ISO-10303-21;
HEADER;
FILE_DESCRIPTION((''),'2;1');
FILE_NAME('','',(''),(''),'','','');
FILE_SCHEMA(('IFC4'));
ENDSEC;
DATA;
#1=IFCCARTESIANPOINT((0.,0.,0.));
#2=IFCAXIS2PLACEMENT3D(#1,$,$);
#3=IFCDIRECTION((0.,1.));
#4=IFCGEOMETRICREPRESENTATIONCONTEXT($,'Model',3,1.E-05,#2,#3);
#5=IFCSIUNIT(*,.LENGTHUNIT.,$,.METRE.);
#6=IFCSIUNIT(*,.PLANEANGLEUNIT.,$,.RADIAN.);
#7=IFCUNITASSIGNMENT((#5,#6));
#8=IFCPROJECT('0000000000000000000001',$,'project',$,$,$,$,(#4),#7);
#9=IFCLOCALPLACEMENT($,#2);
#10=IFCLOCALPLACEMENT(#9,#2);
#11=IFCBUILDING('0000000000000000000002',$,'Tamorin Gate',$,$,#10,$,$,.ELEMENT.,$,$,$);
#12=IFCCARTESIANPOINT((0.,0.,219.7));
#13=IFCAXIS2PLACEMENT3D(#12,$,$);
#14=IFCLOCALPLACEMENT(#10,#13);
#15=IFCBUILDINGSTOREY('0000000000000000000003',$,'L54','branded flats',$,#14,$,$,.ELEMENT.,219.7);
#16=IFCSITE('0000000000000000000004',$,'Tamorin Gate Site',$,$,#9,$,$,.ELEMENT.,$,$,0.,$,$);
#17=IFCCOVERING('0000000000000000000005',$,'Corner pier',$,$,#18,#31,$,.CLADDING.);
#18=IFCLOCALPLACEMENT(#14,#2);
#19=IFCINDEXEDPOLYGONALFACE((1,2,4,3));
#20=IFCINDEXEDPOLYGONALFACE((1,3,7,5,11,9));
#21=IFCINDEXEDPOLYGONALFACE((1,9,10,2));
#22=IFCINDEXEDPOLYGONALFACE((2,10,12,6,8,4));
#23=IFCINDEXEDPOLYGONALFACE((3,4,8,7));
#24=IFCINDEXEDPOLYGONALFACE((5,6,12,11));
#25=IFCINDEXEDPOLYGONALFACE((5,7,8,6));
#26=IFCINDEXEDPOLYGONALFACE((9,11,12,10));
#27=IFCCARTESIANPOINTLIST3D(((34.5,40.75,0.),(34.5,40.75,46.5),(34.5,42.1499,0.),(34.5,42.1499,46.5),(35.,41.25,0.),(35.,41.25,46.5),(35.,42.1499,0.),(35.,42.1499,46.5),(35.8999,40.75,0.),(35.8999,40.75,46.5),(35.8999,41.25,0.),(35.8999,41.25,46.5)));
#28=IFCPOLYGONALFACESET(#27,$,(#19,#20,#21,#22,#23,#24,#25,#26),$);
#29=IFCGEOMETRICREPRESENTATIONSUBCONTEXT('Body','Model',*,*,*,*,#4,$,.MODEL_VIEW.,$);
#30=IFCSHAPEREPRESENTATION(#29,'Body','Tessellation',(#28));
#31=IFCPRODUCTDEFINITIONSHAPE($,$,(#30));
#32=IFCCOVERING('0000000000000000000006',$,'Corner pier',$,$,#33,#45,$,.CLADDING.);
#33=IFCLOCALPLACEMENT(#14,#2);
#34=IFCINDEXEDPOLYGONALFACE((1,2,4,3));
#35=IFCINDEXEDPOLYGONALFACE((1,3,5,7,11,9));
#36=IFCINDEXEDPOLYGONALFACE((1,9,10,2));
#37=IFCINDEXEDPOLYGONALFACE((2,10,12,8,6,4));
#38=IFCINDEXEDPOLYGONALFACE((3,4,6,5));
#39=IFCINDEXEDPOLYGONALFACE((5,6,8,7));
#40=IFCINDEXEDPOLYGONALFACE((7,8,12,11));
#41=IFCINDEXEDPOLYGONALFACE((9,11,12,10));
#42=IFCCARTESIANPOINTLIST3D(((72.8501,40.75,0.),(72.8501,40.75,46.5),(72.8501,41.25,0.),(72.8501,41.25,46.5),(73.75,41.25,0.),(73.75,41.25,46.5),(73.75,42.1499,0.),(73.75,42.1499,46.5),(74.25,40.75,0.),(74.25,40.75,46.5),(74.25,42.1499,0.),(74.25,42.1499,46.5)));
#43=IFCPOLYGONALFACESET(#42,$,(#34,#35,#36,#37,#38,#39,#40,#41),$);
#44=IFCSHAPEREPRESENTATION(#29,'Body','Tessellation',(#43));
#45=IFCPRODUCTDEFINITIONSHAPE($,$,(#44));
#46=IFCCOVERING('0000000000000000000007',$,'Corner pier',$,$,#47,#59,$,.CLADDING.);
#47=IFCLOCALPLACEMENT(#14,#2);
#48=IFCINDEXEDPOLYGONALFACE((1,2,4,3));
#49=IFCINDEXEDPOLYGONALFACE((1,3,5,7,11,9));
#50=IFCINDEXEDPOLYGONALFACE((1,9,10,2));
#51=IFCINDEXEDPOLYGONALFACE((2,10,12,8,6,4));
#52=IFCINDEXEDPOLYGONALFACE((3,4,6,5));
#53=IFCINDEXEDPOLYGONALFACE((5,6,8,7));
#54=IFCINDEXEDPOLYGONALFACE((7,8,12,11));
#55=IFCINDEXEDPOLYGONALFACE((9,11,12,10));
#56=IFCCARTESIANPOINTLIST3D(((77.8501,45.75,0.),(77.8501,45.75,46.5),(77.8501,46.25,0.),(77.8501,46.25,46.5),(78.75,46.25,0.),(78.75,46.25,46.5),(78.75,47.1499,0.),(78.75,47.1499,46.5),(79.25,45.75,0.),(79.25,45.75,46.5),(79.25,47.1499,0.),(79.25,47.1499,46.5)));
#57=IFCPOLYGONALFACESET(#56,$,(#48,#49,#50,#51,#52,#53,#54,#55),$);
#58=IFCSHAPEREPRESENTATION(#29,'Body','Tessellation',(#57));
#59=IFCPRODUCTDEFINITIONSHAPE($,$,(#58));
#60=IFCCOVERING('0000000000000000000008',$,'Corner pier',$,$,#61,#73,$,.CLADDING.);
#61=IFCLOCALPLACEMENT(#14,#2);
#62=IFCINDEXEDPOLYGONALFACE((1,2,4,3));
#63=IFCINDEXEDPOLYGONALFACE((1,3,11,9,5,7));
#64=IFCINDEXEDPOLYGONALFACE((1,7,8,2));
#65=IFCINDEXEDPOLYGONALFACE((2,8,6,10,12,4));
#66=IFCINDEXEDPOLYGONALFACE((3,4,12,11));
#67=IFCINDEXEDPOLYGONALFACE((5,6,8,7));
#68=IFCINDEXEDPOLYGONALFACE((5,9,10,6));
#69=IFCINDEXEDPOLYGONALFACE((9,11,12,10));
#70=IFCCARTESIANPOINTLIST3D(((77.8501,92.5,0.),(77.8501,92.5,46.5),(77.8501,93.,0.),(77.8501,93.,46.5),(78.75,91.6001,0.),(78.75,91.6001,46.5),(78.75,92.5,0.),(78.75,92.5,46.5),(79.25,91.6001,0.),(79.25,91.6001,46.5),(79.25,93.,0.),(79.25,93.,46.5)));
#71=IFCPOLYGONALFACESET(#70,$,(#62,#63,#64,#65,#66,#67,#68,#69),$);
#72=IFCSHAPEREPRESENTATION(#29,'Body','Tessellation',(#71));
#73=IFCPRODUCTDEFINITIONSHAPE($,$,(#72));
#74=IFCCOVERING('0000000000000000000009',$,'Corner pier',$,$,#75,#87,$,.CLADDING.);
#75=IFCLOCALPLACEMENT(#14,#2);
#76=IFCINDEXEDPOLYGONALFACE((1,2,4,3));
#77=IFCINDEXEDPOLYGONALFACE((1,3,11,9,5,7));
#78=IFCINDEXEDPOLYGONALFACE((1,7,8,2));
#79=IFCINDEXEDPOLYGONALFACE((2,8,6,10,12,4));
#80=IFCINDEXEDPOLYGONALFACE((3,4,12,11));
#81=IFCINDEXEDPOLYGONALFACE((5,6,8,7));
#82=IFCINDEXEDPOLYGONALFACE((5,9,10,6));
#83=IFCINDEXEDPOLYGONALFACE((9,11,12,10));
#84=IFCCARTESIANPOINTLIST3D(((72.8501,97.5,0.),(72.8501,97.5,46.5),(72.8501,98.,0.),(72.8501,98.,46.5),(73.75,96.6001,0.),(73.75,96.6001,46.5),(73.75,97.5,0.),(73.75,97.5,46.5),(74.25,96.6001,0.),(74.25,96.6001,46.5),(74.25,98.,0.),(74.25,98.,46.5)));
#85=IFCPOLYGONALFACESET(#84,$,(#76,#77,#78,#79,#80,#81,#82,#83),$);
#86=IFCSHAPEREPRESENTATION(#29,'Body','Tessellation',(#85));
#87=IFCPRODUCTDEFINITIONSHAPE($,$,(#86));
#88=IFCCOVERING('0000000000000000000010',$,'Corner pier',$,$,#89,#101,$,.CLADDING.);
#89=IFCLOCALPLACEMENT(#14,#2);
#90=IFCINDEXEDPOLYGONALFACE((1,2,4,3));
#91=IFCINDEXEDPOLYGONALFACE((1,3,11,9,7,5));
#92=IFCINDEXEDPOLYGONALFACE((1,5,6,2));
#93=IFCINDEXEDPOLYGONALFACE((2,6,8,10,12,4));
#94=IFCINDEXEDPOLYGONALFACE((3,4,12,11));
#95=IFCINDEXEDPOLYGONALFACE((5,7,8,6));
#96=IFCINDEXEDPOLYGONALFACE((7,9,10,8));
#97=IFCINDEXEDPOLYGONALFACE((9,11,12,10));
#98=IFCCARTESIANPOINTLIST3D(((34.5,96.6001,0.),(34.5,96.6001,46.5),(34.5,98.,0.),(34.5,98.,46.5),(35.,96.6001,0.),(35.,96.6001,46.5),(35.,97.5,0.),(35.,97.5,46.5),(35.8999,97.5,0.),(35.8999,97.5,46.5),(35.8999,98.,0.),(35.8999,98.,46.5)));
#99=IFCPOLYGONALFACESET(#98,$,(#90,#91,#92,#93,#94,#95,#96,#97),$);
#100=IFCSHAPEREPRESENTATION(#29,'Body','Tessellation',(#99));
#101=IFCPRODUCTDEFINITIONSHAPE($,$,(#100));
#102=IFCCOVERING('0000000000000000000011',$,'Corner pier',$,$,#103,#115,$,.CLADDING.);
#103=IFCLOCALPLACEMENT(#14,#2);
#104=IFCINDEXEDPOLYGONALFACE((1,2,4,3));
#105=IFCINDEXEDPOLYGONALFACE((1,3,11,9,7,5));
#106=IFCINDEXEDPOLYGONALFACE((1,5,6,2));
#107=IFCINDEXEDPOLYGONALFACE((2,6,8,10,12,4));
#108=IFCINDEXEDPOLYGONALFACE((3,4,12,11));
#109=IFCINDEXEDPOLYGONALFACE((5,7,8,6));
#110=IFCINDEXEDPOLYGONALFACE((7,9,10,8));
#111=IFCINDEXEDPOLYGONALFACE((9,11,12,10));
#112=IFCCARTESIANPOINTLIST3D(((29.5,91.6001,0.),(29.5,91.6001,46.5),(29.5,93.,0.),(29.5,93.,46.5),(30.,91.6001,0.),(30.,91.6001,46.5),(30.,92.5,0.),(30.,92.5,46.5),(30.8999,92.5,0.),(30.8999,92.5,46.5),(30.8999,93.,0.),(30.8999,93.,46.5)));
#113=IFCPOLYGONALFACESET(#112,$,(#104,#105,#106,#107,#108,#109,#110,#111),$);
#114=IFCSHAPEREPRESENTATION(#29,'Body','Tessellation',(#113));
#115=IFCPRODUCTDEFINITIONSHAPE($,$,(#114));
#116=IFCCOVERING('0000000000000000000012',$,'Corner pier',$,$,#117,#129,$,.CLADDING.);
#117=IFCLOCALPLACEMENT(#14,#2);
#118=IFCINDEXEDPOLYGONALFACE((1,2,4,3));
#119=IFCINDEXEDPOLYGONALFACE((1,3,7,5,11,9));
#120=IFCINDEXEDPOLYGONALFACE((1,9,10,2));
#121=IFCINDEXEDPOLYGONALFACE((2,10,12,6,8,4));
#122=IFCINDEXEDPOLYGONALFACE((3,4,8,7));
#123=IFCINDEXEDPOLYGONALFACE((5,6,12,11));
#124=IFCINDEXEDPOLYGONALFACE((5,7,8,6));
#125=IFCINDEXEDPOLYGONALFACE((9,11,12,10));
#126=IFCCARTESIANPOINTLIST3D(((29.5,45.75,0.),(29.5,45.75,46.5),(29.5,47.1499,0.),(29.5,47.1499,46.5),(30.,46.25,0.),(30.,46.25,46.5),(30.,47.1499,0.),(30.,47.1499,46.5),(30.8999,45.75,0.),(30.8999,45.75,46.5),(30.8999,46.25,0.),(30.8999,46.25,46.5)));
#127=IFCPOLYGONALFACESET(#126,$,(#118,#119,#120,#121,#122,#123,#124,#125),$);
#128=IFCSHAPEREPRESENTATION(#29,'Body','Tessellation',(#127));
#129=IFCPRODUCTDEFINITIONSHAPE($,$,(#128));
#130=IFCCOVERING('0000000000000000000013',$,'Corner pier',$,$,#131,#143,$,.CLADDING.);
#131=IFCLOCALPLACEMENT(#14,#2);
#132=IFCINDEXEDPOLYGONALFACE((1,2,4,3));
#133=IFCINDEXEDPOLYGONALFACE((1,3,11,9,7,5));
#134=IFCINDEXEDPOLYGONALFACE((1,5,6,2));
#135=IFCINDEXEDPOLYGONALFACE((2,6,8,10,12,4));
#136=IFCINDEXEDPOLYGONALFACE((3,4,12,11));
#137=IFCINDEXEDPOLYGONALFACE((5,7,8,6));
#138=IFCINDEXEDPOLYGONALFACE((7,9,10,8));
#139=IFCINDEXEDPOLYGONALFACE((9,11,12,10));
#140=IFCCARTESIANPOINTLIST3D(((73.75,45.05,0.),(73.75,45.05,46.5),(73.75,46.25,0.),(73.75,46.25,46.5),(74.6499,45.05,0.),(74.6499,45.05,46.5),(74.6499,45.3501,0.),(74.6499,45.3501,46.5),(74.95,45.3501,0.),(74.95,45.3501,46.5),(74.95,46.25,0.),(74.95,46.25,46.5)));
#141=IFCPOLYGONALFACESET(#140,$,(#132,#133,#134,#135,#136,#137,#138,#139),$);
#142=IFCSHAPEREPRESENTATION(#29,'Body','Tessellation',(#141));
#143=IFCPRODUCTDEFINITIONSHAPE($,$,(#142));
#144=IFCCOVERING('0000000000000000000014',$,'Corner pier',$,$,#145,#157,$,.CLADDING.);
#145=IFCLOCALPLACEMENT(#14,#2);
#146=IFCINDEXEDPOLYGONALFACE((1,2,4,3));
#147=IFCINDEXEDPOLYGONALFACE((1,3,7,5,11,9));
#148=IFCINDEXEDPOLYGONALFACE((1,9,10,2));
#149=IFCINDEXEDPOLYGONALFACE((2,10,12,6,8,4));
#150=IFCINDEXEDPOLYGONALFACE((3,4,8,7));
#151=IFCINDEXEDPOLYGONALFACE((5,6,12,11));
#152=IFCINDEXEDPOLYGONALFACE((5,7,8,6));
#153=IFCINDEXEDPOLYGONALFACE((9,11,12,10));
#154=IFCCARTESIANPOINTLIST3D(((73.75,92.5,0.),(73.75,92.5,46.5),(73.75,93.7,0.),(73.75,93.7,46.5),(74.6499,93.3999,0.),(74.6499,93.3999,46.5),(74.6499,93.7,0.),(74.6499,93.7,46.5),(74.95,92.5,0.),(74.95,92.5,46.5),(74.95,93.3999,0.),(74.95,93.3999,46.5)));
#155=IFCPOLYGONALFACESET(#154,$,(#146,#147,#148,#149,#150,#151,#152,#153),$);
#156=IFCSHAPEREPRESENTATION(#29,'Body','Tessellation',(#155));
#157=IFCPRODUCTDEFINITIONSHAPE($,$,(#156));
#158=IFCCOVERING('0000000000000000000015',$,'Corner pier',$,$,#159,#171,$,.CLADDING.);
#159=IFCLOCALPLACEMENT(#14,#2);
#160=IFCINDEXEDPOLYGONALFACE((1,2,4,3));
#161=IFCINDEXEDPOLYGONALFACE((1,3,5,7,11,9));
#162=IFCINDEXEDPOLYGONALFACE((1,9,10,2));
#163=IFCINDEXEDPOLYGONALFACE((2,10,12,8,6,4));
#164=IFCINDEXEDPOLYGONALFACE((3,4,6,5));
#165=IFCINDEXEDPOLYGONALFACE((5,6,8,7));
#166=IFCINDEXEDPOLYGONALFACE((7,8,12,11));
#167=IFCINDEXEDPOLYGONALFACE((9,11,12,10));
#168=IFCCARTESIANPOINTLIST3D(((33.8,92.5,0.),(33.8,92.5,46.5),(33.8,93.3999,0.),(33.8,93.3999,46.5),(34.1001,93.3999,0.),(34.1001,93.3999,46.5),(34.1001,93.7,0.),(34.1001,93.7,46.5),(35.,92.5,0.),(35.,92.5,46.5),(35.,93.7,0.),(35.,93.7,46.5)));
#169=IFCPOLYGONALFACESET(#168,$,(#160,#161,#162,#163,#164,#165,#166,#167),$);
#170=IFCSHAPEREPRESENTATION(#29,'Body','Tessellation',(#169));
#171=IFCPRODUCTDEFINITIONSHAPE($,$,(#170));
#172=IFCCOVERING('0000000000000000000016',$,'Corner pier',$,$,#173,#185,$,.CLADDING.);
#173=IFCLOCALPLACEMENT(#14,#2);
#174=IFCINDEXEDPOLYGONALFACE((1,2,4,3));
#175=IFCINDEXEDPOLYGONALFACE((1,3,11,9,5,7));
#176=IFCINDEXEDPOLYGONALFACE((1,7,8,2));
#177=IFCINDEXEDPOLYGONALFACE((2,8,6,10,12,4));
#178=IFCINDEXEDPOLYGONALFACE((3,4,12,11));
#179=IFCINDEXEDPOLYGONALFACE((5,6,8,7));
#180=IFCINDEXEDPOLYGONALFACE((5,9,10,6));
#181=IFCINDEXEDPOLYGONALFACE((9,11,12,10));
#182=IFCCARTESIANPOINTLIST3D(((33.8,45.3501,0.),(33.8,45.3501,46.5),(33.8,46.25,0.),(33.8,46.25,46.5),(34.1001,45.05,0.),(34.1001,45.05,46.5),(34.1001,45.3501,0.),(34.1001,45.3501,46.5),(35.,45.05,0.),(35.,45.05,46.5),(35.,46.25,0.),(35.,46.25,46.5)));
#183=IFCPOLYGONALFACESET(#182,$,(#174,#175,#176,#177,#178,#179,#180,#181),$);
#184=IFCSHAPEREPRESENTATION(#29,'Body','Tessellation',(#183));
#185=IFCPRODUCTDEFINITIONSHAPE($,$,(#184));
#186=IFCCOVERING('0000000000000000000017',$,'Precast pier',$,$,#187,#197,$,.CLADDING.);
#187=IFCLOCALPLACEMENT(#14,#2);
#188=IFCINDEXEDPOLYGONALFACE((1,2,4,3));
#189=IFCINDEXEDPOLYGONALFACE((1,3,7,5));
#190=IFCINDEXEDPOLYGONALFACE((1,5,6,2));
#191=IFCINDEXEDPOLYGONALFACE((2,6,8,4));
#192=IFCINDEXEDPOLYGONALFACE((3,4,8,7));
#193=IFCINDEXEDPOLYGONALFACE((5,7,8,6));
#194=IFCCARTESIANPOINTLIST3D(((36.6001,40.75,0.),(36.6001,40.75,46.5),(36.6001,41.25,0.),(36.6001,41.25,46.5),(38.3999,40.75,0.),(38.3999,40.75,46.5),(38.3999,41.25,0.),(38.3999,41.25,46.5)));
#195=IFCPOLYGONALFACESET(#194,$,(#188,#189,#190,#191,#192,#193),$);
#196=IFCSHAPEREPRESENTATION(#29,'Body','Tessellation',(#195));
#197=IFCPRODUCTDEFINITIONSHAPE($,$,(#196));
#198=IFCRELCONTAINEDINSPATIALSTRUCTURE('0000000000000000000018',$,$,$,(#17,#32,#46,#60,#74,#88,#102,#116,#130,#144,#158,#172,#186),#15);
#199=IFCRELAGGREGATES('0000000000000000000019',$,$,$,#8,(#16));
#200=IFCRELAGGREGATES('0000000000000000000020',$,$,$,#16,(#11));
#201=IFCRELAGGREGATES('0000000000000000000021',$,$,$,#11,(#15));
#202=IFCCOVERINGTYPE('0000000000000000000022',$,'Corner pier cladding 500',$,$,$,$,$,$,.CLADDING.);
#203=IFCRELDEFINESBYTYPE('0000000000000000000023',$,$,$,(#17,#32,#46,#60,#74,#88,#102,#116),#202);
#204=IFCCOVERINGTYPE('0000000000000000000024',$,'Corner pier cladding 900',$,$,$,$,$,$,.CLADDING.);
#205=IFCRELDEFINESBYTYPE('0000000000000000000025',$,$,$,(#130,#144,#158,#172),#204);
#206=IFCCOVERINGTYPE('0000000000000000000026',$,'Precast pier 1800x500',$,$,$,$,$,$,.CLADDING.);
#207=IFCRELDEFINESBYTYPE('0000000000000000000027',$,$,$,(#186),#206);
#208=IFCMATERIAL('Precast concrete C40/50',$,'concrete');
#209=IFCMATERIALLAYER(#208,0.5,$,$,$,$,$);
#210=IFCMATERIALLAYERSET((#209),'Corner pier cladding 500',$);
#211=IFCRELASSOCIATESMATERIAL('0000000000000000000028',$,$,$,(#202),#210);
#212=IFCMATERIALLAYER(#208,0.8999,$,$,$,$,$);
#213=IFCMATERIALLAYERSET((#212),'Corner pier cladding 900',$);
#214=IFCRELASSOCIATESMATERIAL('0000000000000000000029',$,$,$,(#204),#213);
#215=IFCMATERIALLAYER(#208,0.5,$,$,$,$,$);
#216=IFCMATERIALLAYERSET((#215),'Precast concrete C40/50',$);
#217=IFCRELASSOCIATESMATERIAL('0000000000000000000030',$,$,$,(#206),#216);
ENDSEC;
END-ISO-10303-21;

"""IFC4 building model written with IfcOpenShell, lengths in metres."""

from ifc_helpers import new_model, si_unit, direction, frame, origin, place, context, subcontext, project, spatial, polyline, outline, extrude, material, layer, layer_set, type_object, element, save


model = new_model("IFC4")

# Units and contexts
model_context = context("Model", 3, precision=1e-05, world=origin(), true_north=direction((0.0, 1.0)))
body_context = subcontext(model_context, "Body", "Model", "MODEL_VIEW")
ifc_project = project(units=[si_unit("LENGTHUNIT", "METRE"), si_unit("PLANEANGLEUNIT", "RADIAN")], contexts=[model_context])

# Site, building, storey
site_placement = place(None, origin())
site = spatial("IfcSite", under=ifc_project, at=site_placement, Name="Tamorin Gate Site", CompositionType="ELEMENT", RefElevation=0.0)
building_placement = place(site_placement, origin())
building = spatial("IfcBuilding", under=site, at=building_placement, Name="Tamorin Gate", CompositionType="ELEMENT")
storey_placement = place(building_placement, frame((0.0, 0.0, 219.7)))
storey = spatial("IfcBuildingStorey", under=building, at=storey_placement, Name="L54", Description="branded flats", CompositionType="ELEMENT", Elevation=219.7)

# Coverings
ifc_material_1 = material(Name="Precast concrete C40/50", Category="concrete")
ifc_layer_1 = layer(ifc_material_1, 0.5)
ifc_layer_set_1 = layer_set([ifc_layer_1], Name="Corner pier cladding 500")
covering_type_1 = type_object("IfcCoveringType", Name="Corner pier cladding 500", PredefinedType="CLADDING", material=ifc_layer_set_1)
covering_1_placement = place(storey_placement, origin())
element("IfcCovering", 1, at=covering_1_placement, inside=storey, type_object=covering_type_1, Name="Corner pier", PredefinedType="CLADDING", context=body_context, shape_type="SweptSolid", body=[
    extrude(outline(polyline([(34.5, 40.75), (34.5, 42.1499), (35.0, 42.1499), (35.0, 41.25), (35.8999, 41.25), (35.8999, 40.75), (34.5, 40.75)])), origin(), (0.0, 0.0, 1.0), 46.5),
])
covering_2_placement = place(storey_placement, origin())
element("IfcCovering", 2, at=covering_2_placement, inside=storey, type_object=covering_type_1, Name="Corner pier", PredefinedType="CLADDING", context=body_context, shape_type="SweptSolid", body=[
    extrude(outline(polyline([(74.25, 40.75), (72.8501, 40.75), (72.8501, 41.25), (73.75, 41.25), (73.75, 42.1499), (74.25, 42.1499), (74.25, 40.75)])), origin(), (0.0, 0.0, 1.0), 46.5),
])
covering_3_placement = place(storey_placement, origin())
element("IfcCovering", 3, at=covering_3_placement, inside=storey, type_object=covering_type_1, Name="Corner pier", PredefinedType="CLADDING", context=body_context, shape_type="SweptSolid", body=[
    extrude(outline(polyline([(79.25, 45.75), (77.8501, 45.75), (77.8501, 46.25), (78.75, 46.25), (78.75, 47.1499), (79.25, 47.1499), (79.25, 45.75)])), origin(), (0.0, 0.0, 1.0), 46.5),
])
covering_4_placement = place(storey_placement, origin())
element("IfcCovering", 4, at=covering_4_placement, inside=storey, type_object=covering_type_1, Name="Corner pier", PredefinedType="CLADDING", context=body_context, shape_type="SweptSolid", body=[
    extrude(outline(polyline([(79.25, 93.0), (79.25, 91.6001), (78.75, 91.6001), (78.75, 92.5), (77.8501, 92.5), (77.8501, 93.0), (79.25, 93.0)])), origin(), (0.0, 0.0, 1.0), 46.5),
])
covering_5_placement = place(storey_placement, origin())
element("IfcCovering", 5, at=covering_5_placement, inside=storey, type_object=covering_type_1, Name="Corner pier", PredefinedType="CLADDING", context=body_context, shape_type="SweptSolid", body=[
    extrude(outline(polyline([(74.25, 98.0), (74.25, 96.6001), (73.75, 96.6001), (73.75, 97.5), (72.8501, 97.5), (72.8501, 98.0), (74.25, 98.0)])), origin(), (0.0, 0.0, 1.0), 46.5),
])
covering_6_placement = place(storey_placement, origin())
element("IfcCovering", 6, at=covering_6_placement, inside=storey, type_object=covering_type_1, Name="Corner pier", PredefinedType="CLADDING", context=body_context, shape_type="SweptSolid", body=[
    extrude(outline(polyline([(34.5, 98.0), (35.8999, 98.0), (35.8999, 97.5), (35.0, 97.5), (35.0, 96.6001), (34.5, 96.6001), (34.5, 98.0)])), origin(), (0.0, 0.0, 1.0), 46.5),
])
covering_7_placement = place(storey_placement, origin())
element("IfcCovering", 7, at=covering_7_placement, inside=storey, type_object=covering_type_1, Name="Corner pier", PredefinedType="CLADDING", context=body_context, shape_type="SweptSolid", body=[
    extrude(outline(polyline([(29.5, 93.0), (30.8999, 93.0), (30.8999, 92.5), (30.0, 92.5), (30.0, 91.6001), (29.5, 91.6001), (29.5, 93.0)])), origin(), (0.0, 0.0, 1.0), 46.5),
])
covering_8_placement = place(storey_placement, origin())
element("IfcCovering", 8, at=covering_8_placement, inside=storey, type_object=covering_type_1, Name="Corner pier", PredefinedType="CLADDING", context=body_context, shape_type="SweptSolid", body=[
    extrude(outline(polyline([(29.5, 45.75), (29.5, 47.1499), (30.0, 47.1499), (30.0, 46.25), (30.8999, 46.25), (30.8999, 45.75), (29.5, 45.75)])), origin(), (0.0, 0.0, 1.0), 46.5),
])
ifc_layer_2 = layer(ifc_material_1, 0.8999)
ifc_layer_set_2 = layer_set([ifc_layer_2], Name="Corner pier cladding 900")
covering_type_2 = type_object("IfcCoveringType", Name="Corner pier cladding 900", PredefinedType="CLADDING", material=ifc_layer_set_2)
covering_9_placement = place(storey_placement, origin())
element("IfcCovering", 9, at=covering_9_placement, inside=storey, type_object=covering_type_2, Name="Corner pier", PredefinedType="CLADDING", context=body_context, shape_type="SweptSolid", body=[
    extrude(outline(polyline([(74.6499, 45.3501), (74.6499, 45.05), (73.75, 45.05), (73.75, 46.25), (74.95, 46.25), (74.95, 45.3501), (74.6499, 45.3501)])), origin(), (0.0, 0.0, 1.0), 46.5),
])
covering_10_placement = place(storey_placement, origin())
element("IfcCovering", 10, at=covering_10_placement, inside=storey, type_object=covering_type_2, Name="Corner pier", PredefinedType="CLADDING", context=body_context, shape_type="SweptSolid", body=[
    extrude(outline(polyline([(74.6499, 93.3999), (74.95, 93.3999), (74.95, 92.5), (73.75, 92.5), (73.75, 93.7), (74.6499, 93.7), (74.6499, 93.3999)])), origin(), (0.0, 0.0, 1.0), 46.5),
])
covering_11_placement = place(storey_placement, origin())
element("IfcCovering", 11, at=covering_11_placement, inside=storey, type_object=covering_type_2, Name="Corner pier", PredefinedType="CLADDING", context=body_context, shape_type="SweptSolid", body=[
    extrude(outline(polyline([(34.1001, 93.3999), (34.1001, 93.7), (35.0, 93.7), (35.0, 92.5), (33.8, 92.5), (33.8, 93.3999), (34.1001, 93.3999)])), origin(), (0.0, 0.0, 1.0), 46.5),
])
covering_12_placement = place(storey_placement, origin())
element("IfcCovering", 12, at=covering_12_placement, inside=storey, type_object=covering_type_2, Name="Corner pier", PredefinedType="CLADDING", context=body_context, shape_type="SweptSolid", body=[
    extrude(outline(polyline([(33.8, 45.3501), (33.8, 46.25), (35.0, 46.25), (35.0, 45.05), (34.1001, 45.05), (34.1001, 45.3501), (33.8, 45.3501)])), origin(), (0.0, 0.0, 1.0), 46.5),
])
ifc_layer_3 = layer(ifc_material_1, 0.5)
ifc_layer_set_3 = layer_set([ifc_layer_3], Name="Precast concrete C40/50")
covering_type_3 = type_object("IfcCoveringType", Name="Precast pier 1800x500", PredefinedType="CLADDING", material=ifc_layer_set_3)
covering_13_placement = place(storey_placement, origin())
element("IfcCovering", 13, at=covering_13_placement, inside=storey, type_object=covering_type_3, Name="Precast pier", PredefinedType="CLADDING", context=body_context, shape_type="SweptSolid", body=[
    extrude(outline(polyline([(36.6001, 41.25), (38.3999, 41.25), (38.3999, 40.75), (36.6001, 40.75), (36.6001, 41.25)])), origin(), (0.0, 0.0, 1.0), 46.5),
])

save(model, "model.ifc")
